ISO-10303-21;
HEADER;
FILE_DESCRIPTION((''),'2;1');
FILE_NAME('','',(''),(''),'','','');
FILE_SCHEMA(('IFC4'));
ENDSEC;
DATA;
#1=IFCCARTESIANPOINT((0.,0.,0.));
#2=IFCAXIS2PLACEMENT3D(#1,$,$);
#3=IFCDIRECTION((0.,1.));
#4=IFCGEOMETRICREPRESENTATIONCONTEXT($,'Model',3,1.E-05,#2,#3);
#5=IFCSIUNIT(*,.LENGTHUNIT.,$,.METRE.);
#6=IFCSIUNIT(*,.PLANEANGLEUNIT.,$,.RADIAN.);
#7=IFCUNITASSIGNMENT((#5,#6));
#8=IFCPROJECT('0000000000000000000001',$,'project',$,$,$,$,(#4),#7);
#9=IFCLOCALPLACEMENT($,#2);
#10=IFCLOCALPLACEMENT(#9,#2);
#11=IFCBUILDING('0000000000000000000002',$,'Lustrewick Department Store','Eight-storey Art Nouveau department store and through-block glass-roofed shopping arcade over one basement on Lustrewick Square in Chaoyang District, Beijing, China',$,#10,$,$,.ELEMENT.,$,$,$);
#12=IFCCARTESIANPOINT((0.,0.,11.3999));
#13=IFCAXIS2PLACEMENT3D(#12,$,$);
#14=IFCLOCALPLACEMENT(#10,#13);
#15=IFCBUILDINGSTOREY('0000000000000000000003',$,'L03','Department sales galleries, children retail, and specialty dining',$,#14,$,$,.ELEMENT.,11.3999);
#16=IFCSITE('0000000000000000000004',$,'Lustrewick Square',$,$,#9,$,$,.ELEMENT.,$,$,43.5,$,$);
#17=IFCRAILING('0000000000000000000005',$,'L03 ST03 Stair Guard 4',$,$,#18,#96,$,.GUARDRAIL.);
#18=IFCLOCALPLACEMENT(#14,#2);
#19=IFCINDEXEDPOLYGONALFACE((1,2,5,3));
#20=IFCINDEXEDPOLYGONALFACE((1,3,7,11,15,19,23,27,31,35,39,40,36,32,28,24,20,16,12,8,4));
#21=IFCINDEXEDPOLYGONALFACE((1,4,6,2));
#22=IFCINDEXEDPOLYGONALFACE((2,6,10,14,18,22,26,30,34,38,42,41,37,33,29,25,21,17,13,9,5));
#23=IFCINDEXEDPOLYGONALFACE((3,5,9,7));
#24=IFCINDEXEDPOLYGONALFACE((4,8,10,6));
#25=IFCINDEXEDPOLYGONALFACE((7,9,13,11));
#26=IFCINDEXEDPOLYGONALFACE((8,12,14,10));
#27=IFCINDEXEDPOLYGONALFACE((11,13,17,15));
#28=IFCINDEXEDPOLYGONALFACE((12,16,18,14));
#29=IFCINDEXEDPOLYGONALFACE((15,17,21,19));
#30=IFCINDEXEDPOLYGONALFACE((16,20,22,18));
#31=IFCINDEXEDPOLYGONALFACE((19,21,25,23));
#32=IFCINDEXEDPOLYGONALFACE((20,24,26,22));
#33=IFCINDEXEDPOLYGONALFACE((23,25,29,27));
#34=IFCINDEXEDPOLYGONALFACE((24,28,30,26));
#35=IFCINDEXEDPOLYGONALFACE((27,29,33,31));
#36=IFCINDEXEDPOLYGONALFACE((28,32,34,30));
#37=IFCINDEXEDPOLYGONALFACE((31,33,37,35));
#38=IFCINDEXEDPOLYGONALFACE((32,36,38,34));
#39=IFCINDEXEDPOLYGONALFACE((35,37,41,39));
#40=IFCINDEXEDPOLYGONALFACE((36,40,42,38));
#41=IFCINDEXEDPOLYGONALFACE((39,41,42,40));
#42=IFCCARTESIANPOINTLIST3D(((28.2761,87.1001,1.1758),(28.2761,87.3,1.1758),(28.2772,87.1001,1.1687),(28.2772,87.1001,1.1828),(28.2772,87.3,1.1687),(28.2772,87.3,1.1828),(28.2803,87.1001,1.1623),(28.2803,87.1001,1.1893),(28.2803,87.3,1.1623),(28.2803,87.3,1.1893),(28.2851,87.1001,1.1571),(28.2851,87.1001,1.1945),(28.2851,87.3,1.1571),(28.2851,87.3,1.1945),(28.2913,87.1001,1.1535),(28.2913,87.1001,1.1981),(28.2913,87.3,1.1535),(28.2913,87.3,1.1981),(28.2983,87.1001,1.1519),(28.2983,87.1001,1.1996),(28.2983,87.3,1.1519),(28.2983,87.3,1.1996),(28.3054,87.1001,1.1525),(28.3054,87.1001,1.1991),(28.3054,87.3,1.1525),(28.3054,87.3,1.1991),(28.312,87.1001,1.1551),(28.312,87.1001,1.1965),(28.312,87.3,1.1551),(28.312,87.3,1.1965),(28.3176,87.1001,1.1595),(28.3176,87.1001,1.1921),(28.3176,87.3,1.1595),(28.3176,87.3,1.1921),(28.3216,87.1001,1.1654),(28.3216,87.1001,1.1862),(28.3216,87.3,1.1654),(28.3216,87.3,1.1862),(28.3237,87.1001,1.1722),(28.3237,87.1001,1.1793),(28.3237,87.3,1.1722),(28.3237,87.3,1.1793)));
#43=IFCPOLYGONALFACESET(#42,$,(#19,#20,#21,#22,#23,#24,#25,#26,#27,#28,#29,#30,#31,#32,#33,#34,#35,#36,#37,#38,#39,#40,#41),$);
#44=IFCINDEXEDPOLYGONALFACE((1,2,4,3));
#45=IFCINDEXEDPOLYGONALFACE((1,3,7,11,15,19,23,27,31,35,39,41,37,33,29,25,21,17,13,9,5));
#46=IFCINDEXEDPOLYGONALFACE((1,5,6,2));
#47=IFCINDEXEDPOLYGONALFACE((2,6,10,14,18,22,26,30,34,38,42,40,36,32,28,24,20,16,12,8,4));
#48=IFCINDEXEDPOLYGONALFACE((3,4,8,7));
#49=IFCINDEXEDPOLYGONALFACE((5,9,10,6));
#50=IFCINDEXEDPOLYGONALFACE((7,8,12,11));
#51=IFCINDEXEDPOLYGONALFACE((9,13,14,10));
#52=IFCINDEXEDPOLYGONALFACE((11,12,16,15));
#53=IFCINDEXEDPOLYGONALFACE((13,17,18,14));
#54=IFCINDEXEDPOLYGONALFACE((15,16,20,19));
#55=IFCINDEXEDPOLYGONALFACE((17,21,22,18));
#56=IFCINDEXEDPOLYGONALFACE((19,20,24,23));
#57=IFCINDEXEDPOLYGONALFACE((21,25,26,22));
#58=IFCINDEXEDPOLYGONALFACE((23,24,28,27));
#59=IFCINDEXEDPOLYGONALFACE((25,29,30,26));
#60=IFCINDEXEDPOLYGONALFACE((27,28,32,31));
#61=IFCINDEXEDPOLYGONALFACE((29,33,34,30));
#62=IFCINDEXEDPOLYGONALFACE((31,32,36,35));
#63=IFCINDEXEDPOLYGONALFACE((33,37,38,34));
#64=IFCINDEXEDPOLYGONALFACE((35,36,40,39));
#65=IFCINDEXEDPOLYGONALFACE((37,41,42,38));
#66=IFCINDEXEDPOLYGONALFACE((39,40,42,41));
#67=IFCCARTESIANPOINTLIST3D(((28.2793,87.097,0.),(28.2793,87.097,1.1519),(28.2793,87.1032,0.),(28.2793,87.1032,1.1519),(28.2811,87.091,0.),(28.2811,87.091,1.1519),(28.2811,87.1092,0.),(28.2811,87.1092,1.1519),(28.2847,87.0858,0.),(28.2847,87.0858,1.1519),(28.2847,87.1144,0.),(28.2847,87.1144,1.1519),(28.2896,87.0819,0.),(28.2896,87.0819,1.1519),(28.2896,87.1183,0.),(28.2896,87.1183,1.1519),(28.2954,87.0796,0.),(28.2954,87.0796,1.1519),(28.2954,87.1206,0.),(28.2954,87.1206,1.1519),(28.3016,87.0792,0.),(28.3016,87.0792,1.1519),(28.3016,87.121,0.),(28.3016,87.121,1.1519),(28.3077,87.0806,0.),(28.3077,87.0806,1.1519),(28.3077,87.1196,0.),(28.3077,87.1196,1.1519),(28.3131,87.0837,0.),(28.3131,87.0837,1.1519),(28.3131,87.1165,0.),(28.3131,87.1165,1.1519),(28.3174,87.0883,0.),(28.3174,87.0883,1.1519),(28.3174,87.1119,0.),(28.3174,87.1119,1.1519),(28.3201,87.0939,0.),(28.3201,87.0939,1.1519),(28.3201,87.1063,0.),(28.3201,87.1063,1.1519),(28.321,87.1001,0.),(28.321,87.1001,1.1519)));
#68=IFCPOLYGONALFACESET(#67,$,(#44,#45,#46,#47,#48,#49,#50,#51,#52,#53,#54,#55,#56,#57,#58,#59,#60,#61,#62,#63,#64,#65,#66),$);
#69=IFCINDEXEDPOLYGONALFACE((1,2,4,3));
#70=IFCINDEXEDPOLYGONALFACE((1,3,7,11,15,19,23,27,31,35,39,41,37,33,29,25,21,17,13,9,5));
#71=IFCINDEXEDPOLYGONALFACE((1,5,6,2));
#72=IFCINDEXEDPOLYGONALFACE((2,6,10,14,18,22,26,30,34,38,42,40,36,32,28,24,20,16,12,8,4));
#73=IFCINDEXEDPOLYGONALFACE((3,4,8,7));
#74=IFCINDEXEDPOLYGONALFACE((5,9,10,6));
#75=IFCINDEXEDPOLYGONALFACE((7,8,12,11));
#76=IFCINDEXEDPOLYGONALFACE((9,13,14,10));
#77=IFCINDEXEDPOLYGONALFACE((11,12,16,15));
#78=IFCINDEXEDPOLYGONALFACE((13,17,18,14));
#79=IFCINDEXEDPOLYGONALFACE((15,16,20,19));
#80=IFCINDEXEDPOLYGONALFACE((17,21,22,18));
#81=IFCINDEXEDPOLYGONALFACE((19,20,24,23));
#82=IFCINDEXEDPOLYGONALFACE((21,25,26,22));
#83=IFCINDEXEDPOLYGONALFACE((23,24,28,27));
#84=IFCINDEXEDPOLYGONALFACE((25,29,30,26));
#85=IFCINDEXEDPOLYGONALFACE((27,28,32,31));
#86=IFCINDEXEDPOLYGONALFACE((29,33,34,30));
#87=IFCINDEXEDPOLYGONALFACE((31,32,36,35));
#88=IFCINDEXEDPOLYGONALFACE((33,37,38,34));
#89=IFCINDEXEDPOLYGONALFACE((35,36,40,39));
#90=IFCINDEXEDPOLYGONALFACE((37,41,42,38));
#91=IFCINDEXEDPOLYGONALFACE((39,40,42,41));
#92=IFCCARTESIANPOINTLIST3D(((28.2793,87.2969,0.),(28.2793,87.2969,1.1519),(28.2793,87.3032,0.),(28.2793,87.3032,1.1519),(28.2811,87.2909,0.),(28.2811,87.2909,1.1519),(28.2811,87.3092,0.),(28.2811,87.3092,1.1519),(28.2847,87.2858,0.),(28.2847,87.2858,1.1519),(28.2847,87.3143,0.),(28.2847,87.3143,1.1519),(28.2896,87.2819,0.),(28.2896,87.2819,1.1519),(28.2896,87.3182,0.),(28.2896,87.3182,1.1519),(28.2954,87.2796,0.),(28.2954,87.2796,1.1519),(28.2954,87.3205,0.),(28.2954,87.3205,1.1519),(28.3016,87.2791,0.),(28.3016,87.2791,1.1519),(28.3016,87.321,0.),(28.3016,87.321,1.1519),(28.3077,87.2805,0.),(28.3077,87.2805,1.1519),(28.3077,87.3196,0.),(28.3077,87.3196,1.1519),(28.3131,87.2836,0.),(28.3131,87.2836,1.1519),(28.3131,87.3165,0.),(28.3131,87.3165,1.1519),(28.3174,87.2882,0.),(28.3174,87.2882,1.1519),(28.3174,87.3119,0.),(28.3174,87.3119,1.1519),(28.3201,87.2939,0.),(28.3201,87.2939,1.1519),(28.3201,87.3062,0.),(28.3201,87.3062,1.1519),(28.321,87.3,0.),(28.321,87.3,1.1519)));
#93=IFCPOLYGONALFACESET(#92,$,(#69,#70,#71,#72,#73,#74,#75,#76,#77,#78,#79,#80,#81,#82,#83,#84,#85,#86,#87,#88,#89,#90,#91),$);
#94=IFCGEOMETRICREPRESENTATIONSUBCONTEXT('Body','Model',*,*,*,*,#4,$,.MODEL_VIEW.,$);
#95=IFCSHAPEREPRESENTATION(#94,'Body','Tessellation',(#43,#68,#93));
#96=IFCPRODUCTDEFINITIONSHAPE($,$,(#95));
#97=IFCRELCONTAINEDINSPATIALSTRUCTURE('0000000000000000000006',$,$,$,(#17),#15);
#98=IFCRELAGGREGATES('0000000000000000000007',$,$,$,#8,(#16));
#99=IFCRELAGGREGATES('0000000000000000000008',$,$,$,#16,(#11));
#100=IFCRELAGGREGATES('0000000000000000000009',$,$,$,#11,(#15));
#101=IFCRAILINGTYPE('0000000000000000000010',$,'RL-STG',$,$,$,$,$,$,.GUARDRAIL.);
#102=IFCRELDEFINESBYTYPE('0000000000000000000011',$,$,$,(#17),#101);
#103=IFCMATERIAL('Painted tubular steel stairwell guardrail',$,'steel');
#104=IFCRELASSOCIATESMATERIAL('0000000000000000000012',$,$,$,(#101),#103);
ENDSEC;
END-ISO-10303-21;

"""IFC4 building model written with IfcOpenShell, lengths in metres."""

from ifc_helpers import new_model, si_unit, direction, frame, origin, origin_2d, place, context, subcontext, project, spatial, circle, extrude, material, type_object, element, save


model = new_model("IFC4")

# Units and contexts
model_context = context("Model", 3, precision=1e-05, world=origin(), true_north=direction((0.0, 1.0)))
body_context = subcontext(model_context, "Body", "Model", "MODEL_VIEW")
ifc_project = project(units=[si_unit("LENGTHUNIT", "METRE"), si_unit("PLANEANGLEUNIT", "RADIAN")], contexts=[model_context])

# Site, building, storey
site_placement = place(None, origin())
site = spatial("IfcSite", under=ifc_project, at=site_placement, Name="Lustrewick Square", CompositionType="ELEMENT", RefElevation=43.5)
building_placement = place(site_placement, origin())
building = spatial("IfcBuilding", under=site, at=building_placement, Name="Lustrewick Department Store", Description="Eight-storey Art Nouveau department store and through-block glass-roofed shopping arcade over one basement on Lustrewick Square in Chaoyang District, Beijing, China", CompositionType="ELEMENT")
storey_placement = place(building_placement, frame((0.0, 0.0, 11.3999)))
storey = spatial("IfcBuildingStorey", under=building, at=storey_placement, Name="L03", Description="Department sales galleries, children retail, and specialty dining", CompositionType="ELEMENT", Elevation=11.3999)

# Railing
ifc_material_1 = material(Name="Painted tubular steel stairwell guardrail", Category="steel")
railing_type_1 = type_object("IfcRailingType", Name="RL-STG", PredefinedType="GUARDRAIL", material=ifc_material_1)
railing_1_placement = place(storey_placement, frame((28.3, 87.1001, 0.0)))
element("IfcRailing", 1, at=railing_1_placement, inside=storey, type_object=railing_type_1, Name="L03 ST03 Stair Guard 4", PredefinedType="GUARDRAIL", context=body_context, shape_type="SweptSolid", body=[
    extrude(circle(Radius=0.0239, at=origin_2d()), frame((0.0, 0.0, 1.1758), z_axis=(0.0, 1.0, 0.0), x_axis=(-1.0, 0.0, 0.0)), (0.0, 0.0, 1.0), 0.2),
    extrude(circle(Radius=0.021, at=origin_2d()), origin(), (0.0, 0.0, 1.0), 1.1519),
    extrude(circle(Radius=0.021, at=origin_2d()), frame((0.0, 0.2, 0.0)), (0.0, 0.0, 1.0), 1.1519),
])

save(model, "model.ifc")
